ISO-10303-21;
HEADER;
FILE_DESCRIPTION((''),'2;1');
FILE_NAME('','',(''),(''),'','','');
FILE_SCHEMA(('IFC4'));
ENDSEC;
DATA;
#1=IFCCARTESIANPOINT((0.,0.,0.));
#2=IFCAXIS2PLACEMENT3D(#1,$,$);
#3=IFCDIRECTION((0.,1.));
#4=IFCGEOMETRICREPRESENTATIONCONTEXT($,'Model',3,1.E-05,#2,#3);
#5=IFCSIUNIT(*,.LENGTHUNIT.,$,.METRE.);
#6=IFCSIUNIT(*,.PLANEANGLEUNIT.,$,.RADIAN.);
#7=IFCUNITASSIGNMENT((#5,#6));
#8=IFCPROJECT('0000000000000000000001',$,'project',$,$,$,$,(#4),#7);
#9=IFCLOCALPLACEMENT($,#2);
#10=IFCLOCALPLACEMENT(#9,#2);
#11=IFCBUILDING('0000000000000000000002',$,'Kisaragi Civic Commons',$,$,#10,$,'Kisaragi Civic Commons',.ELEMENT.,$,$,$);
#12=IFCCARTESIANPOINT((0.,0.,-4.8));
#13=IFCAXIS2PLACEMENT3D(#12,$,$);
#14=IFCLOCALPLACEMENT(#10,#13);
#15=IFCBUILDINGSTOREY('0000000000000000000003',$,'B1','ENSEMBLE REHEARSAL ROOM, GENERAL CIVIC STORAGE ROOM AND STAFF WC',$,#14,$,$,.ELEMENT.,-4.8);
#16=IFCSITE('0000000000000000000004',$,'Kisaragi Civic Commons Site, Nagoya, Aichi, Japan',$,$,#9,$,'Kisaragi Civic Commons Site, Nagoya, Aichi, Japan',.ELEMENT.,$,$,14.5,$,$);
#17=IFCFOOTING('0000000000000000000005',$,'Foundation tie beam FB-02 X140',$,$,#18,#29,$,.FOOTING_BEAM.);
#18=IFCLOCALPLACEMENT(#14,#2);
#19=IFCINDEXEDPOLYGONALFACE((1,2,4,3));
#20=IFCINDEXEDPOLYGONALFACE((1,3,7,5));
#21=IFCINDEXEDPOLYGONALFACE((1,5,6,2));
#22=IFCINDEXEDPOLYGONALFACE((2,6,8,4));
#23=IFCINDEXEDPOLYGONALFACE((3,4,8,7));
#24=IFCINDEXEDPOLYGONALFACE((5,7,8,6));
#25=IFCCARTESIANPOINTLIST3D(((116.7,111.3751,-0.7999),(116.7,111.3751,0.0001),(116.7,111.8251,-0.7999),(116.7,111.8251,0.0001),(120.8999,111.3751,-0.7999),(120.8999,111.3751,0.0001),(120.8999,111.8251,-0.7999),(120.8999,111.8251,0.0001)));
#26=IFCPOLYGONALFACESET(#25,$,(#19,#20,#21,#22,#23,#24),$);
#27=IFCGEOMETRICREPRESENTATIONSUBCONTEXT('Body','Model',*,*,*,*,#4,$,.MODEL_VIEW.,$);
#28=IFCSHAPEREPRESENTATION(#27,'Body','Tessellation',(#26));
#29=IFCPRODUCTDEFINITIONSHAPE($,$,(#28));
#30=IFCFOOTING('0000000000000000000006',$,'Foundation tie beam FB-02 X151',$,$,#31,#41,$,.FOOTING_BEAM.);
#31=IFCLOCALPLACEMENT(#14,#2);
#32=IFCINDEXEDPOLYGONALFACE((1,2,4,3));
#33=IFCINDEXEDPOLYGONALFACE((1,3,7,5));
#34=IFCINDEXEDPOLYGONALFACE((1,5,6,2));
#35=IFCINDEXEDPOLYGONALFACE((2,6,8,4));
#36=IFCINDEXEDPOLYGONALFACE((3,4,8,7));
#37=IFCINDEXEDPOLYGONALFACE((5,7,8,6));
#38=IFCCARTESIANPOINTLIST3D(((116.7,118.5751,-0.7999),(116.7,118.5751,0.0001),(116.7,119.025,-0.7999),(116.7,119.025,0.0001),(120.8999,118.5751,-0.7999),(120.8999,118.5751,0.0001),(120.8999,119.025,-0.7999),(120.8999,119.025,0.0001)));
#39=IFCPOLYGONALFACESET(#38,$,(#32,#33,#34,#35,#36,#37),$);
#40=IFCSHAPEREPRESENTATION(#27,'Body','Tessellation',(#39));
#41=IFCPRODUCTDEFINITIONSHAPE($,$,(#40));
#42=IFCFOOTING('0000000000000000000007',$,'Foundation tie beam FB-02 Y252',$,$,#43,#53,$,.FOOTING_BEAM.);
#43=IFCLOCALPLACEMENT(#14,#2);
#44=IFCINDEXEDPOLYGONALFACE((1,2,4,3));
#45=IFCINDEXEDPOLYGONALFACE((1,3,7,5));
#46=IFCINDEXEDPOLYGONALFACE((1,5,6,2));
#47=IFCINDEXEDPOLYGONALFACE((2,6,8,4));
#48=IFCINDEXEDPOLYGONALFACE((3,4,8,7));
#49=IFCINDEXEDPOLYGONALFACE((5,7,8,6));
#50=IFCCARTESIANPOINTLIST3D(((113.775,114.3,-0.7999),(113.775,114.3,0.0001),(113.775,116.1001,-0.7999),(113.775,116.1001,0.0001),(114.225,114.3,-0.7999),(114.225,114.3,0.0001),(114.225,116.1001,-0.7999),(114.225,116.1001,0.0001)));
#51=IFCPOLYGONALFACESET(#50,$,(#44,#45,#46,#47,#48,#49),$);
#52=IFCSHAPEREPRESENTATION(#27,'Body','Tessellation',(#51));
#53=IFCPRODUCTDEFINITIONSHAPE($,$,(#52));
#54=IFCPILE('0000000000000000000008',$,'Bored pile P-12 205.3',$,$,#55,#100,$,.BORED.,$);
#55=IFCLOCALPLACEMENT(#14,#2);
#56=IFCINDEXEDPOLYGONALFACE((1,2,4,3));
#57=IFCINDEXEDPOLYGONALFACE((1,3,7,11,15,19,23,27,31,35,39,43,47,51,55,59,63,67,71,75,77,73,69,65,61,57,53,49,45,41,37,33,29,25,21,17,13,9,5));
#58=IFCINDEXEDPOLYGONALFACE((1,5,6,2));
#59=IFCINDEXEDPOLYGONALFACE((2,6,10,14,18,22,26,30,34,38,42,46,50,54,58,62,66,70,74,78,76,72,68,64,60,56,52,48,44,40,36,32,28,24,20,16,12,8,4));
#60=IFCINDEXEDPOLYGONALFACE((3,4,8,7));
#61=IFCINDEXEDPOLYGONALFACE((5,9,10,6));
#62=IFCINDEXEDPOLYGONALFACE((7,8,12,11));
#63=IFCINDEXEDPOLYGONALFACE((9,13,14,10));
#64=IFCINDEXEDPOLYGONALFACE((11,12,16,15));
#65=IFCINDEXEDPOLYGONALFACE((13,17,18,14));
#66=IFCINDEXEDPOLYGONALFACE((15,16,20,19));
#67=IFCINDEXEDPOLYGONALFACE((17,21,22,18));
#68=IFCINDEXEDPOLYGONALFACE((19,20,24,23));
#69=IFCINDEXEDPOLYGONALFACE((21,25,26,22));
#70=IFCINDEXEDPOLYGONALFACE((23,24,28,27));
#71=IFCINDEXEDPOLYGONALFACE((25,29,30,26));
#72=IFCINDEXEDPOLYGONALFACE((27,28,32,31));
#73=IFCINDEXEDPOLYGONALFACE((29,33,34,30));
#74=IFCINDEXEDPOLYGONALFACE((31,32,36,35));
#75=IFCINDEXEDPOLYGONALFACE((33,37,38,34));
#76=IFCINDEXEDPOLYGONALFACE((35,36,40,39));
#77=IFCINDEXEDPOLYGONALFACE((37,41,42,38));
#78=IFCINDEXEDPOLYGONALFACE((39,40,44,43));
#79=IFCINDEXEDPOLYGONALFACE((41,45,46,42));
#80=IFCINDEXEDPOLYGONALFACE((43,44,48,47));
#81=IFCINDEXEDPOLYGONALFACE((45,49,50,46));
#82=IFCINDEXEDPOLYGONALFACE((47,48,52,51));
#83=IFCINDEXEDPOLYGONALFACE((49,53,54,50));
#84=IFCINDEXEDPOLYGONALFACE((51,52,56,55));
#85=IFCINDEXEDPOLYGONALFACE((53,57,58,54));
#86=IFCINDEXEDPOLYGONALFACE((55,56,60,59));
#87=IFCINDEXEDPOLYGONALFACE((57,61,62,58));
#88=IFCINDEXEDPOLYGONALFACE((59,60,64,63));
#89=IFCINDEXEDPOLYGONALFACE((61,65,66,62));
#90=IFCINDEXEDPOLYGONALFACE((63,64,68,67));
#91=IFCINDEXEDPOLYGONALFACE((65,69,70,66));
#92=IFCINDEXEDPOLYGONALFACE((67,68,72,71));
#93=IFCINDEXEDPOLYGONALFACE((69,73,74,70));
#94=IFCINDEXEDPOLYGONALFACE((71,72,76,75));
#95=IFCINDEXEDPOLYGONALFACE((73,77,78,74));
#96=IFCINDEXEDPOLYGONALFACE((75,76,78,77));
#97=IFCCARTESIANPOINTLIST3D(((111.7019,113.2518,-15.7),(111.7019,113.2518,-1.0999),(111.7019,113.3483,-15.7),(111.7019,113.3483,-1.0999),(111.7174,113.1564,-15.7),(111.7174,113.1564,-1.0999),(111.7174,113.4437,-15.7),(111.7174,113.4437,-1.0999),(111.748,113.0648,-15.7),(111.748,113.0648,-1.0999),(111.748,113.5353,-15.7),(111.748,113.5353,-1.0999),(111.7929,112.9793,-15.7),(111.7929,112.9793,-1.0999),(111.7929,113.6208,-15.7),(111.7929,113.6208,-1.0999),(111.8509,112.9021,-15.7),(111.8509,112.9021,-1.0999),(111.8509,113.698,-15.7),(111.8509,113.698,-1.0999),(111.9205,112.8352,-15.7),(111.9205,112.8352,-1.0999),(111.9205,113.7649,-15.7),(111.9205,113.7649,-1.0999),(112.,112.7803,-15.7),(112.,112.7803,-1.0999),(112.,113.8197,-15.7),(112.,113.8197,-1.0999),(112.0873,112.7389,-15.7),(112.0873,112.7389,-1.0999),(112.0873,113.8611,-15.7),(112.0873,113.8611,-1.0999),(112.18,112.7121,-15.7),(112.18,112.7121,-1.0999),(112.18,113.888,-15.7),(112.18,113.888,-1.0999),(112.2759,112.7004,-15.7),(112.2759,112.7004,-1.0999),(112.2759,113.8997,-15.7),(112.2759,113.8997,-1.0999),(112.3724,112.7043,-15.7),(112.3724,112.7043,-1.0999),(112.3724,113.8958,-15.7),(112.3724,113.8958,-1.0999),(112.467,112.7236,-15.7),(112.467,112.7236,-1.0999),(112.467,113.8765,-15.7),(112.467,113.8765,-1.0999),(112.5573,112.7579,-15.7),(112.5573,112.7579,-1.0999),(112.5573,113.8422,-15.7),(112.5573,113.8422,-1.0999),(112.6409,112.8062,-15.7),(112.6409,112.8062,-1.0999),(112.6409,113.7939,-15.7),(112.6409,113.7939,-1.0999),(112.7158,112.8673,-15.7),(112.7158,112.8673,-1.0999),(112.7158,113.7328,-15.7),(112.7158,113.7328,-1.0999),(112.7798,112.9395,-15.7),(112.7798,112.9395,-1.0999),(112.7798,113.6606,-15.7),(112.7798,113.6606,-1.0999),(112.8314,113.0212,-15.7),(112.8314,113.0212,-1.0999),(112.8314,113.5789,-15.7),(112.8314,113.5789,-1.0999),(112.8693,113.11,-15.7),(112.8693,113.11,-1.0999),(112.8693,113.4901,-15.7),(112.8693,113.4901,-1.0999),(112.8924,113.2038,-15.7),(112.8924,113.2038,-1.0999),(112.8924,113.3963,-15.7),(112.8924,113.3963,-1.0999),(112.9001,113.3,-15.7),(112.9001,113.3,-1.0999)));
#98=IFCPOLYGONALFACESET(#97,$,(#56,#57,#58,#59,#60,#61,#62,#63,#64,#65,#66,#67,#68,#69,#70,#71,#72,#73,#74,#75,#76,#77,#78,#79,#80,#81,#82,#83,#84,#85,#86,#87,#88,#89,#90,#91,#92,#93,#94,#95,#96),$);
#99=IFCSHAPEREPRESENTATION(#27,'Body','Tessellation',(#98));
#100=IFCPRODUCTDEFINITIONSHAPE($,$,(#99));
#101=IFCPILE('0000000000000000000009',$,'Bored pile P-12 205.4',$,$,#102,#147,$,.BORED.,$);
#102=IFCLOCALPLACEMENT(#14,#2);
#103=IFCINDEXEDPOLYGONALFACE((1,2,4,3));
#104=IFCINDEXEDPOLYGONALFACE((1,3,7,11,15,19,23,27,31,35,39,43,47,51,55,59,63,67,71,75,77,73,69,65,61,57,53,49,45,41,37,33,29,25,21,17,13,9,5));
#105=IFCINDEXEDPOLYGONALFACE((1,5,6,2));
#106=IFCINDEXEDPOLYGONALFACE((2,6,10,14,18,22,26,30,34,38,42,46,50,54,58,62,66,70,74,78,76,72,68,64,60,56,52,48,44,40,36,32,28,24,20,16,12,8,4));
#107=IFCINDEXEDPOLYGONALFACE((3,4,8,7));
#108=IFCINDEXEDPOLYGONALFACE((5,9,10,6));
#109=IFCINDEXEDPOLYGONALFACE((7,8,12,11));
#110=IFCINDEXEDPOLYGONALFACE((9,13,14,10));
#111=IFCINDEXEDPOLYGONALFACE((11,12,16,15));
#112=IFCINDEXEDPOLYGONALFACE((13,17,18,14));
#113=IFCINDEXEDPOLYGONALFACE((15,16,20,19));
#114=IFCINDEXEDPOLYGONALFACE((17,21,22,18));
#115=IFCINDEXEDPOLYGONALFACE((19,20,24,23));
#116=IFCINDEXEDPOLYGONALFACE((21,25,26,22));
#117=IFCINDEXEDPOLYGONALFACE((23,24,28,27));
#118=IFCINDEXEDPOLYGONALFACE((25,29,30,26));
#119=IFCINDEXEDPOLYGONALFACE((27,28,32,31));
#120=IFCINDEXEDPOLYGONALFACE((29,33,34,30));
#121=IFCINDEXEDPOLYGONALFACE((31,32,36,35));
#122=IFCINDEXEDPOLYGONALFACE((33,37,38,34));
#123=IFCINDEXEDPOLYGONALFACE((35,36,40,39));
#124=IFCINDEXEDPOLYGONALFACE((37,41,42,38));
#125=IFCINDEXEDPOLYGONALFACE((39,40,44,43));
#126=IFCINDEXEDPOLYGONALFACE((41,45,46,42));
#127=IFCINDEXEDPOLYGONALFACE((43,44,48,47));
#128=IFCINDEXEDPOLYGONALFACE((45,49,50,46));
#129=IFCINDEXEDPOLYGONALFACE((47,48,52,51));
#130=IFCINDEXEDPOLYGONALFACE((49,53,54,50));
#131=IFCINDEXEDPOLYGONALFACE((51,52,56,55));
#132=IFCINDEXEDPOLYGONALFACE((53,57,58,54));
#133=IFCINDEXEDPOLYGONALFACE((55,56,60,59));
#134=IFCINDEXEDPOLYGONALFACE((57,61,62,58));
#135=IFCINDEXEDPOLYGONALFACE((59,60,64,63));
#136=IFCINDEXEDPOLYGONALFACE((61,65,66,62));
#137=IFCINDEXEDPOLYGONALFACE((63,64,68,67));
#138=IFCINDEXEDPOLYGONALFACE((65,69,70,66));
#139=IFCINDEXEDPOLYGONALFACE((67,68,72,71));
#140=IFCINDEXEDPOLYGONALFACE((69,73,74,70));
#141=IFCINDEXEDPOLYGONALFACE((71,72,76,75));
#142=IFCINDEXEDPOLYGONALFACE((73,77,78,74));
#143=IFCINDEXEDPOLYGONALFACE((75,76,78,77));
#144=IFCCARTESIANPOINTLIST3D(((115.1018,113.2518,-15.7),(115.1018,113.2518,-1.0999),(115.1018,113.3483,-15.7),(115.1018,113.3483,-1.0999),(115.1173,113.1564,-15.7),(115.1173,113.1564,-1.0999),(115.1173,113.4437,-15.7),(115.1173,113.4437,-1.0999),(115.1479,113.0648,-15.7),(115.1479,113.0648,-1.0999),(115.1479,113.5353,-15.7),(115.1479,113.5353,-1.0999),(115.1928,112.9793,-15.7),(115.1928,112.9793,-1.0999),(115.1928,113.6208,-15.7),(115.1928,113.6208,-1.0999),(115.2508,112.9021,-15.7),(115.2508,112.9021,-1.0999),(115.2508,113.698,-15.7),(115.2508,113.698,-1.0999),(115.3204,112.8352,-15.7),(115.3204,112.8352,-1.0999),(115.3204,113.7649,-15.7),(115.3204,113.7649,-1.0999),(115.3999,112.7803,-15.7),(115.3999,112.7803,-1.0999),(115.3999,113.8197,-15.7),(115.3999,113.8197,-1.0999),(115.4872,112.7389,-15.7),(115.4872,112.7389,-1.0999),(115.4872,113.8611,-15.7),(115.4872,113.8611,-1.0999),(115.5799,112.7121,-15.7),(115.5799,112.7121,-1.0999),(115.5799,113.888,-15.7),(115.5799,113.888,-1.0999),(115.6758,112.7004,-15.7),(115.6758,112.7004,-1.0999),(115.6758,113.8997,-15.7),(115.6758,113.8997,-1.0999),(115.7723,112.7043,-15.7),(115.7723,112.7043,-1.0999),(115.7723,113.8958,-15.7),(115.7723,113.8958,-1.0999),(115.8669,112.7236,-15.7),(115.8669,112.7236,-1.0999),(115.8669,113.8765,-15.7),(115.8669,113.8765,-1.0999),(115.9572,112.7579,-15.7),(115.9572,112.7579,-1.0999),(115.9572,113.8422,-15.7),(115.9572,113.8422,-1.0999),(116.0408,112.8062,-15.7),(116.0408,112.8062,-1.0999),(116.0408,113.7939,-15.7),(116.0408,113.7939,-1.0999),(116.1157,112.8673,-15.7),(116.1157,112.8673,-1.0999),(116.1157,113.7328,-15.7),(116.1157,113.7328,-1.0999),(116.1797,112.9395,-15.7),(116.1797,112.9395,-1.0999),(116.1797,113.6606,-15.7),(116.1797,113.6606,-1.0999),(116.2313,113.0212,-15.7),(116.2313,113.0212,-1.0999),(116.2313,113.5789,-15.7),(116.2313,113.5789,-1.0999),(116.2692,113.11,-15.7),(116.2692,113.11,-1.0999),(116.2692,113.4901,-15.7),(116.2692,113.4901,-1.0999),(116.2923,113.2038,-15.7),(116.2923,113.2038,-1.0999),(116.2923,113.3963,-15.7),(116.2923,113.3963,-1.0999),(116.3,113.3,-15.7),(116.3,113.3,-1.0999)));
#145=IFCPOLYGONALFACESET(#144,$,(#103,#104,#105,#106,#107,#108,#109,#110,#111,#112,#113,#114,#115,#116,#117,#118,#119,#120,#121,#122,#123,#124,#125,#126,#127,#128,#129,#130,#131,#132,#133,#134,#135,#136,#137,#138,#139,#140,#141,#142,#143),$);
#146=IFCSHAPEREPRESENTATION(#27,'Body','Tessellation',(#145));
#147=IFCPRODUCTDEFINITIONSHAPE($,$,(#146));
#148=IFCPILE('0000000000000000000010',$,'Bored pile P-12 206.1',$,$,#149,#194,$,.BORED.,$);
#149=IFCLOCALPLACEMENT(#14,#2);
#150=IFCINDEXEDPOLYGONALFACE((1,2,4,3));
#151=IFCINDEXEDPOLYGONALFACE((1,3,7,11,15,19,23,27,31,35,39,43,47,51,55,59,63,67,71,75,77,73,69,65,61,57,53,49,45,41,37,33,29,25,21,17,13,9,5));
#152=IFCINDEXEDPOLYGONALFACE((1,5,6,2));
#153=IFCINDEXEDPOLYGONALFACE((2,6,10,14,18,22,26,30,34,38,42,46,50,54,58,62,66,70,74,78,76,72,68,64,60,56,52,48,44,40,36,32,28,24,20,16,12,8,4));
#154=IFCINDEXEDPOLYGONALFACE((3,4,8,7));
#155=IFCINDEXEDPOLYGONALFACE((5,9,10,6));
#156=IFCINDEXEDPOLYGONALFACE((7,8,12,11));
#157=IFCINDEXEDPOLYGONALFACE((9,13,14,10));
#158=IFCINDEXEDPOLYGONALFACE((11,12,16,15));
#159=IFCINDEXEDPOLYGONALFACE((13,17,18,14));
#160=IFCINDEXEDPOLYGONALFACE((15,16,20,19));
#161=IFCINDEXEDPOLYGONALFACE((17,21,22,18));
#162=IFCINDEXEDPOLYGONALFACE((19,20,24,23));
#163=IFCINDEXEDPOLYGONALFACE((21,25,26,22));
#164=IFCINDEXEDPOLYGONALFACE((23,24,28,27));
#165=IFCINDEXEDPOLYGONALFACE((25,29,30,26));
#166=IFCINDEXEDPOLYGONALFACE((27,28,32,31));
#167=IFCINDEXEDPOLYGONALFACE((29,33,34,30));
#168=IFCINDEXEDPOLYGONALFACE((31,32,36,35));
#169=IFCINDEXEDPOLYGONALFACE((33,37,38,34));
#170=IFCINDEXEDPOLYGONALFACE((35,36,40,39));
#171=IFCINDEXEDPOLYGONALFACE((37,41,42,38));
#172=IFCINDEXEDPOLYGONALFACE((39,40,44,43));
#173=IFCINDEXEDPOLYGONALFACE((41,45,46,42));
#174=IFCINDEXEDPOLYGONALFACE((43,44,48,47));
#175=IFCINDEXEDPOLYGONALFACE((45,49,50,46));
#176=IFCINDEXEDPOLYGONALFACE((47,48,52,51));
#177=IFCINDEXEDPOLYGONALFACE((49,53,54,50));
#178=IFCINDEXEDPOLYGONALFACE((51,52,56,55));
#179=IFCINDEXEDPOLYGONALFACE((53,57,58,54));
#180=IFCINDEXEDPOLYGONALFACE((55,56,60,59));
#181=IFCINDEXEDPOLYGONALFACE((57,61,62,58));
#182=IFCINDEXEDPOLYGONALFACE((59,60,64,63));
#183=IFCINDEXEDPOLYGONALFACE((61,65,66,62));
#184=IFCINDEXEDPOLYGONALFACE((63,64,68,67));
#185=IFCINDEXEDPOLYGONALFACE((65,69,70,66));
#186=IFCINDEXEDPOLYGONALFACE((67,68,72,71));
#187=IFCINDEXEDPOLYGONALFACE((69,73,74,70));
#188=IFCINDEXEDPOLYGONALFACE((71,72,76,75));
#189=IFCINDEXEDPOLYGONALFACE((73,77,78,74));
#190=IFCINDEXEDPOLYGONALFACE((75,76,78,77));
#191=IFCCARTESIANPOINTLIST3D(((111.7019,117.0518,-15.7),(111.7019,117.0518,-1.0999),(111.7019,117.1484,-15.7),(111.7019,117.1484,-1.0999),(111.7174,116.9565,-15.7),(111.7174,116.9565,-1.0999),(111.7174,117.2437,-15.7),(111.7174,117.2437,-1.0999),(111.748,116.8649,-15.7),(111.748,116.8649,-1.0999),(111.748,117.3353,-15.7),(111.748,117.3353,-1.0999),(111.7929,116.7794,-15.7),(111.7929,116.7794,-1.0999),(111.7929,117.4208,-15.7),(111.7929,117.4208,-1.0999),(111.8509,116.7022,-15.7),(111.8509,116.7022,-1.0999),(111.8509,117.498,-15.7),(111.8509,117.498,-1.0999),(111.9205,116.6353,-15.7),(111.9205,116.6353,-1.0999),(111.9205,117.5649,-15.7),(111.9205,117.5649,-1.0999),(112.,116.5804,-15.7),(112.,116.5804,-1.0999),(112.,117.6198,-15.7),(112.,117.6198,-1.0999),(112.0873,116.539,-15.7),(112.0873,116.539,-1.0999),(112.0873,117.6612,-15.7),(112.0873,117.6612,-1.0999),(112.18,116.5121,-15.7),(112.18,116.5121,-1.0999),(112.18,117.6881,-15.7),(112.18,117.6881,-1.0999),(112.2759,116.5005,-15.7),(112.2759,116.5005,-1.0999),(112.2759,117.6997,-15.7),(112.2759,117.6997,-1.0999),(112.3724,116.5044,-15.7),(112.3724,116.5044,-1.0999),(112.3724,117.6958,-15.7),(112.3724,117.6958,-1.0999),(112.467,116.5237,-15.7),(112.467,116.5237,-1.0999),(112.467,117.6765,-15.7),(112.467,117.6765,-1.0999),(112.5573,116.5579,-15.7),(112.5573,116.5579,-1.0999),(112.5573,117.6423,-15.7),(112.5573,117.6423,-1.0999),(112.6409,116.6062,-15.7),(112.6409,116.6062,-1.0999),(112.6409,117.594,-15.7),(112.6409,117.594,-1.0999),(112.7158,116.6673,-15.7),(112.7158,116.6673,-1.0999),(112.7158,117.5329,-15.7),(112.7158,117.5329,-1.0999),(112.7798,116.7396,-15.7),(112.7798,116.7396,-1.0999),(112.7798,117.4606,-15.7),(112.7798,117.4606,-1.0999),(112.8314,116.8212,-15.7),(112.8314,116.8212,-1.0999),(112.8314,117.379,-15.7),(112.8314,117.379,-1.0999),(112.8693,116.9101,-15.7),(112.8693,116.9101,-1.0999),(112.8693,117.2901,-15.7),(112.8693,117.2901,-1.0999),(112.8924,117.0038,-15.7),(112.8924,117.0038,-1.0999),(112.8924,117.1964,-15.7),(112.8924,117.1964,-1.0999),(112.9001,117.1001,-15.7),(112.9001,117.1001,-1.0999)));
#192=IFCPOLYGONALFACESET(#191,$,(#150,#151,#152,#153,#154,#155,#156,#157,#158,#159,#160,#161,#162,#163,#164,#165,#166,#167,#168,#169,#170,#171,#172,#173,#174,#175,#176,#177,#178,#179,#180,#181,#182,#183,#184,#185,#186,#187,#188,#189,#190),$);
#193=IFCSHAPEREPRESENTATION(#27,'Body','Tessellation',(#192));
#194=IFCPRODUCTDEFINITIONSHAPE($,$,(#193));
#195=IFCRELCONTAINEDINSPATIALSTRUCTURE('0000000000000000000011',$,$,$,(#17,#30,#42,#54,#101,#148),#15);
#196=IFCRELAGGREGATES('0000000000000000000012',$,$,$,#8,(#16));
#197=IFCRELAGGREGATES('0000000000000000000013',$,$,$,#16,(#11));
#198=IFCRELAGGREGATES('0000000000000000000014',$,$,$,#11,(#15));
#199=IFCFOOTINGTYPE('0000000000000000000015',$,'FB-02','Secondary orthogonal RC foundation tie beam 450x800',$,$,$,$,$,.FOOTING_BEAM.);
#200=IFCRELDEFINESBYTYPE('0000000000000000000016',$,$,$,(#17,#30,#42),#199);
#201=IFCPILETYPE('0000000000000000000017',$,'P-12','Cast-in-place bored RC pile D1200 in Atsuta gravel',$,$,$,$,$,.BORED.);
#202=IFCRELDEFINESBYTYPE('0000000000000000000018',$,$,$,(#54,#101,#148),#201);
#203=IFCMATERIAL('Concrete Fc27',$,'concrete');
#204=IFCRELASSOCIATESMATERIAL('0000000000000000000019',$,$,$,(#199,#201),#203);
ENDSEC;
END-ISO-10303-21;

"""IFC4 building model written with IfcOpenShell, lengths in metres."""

from ifc_helpers import new_model, si_unit, direction, frame, origin, origin_2d, place, context, subcontext, project, spatial, rectangle, circle, extrude, material, material_profile, profile_set, type_object, element, save


model = new_model("IFC4")

# Units and contexts
model_context = context("Model", 3, precision=1e-05, world=origin(), true_north=direction((0.0, 1.0)))
body_context = subcontext(model_context, "Body", "Model", "MODEL_VIEW")
ifc_project = project(units=[si_unit("LENGTHUNIT", "METRE"), si_unit("PLANEANGLEUNIT", "RADIAN")], contexts=[model_context])

# Site, building, storey
site_placement = place(None, origin())
site = spatial("IfcSite", under=ifc_project, at=site_placement, Name="Kisaragi Civic Commons Site, Nagoya, Aichi, Japan", LongName="Kisaragi Civic Commons Site, Nagoya, Aichi, Japan", CompositionType="ELEMENT", RefElevation=14.5)
building_placement = place(site_placement, origin())
building = spatial("IfcBuilding", under=site, at=building_placement, Name="Kisaragi Civic Commons", LongName="Kisaragi Civic Commons", CompositionType="ELEMENT")
storey_placement = place(building_placement, frame((0.0, 0.0, -4.8)))
storey = spatial("IfcBuildingStorey", under=building, at=storey_placement, Name="B1", Description="ENSEMBLE REHEARSAL ROOM, GENERAL CIVIC STORAGE ROOM AND STAFF WC", CompositionType="ELEMENT", Elevation=-4.8)

# Footings
ifc_material_1 = material(Name="Concrete Fc27", Category="concrete")
ifc_material_profile_1 = material_profile(ifc_material_1, rectangle(XDim=0.45, YDim=0.8, at=origin_2d()), Name="RC-450x800", Category="concrete")
ifc_profile_set_1 = profile_set([ifc_material_profile_1], Name="Concrete Fc27")
footing_type_1 = type_object("IfcFootingType", Name="FB-02", Description="Secondary orthogonal RC foundation tie beam 450x800", PredefinedType="FOOTING_BEAM", material=ifc_profile_set_1)
for number, where, z_axis, x_axis, name in (
    (1, (116.7, 111.6001, -0.3999), (1.0, 0.0, 0.0), (0.0, 1.0, 0.0), "Foundation tie beam FB-02 X140"),
    (2, (116.7, 118.8, -0.3999), (1.0, 0.0, 0.0), (0.0, 1.0, 0.0), "Foundation tie beam FB-02 X151"),
):
    element("IfcFooting", number, at=place(storey_placement, frame(where, z_axis=z_axis, x_axis=x_axis)), inside=storey, type_object=footing_type_1, Name=name, PredefinedType="FOOTING_BEAM", context=body_context, shape_type="SweptSolid", body=[
        extrude(rectangle(XDim=0.45, YDim=0.8, at=origin_2d()), origin(), (0.0, 0.0, 1.0), 4.2),
    ])
footing_1_placement = place(storey_placement, frame((114.0, 114.3, -0.3999), z_axis=(0.0, 1.0, 0.0), x_axis=(-1.0, 0.0, 0.0)))
element("IfcFooting", 3, at=footing_1_placement, inside=storey, type_object=footing_type_1, Name="Foundation tie beam FB-02 Y252", PredefinedType="FOOTING_BEAM", context=body_context, shape_type="SweptSolid", body=[
    extrude(rectangle(XDim=0.45, YDim=0.8, at=origin_2d()), origin(), (0.0, 0.0, 1.0), 1.8),
])

# Piles
ifc_material_profile_2 = material_profile(ifc_material_1, circle(Radius=0.6001, at=origin_2d()), Name="PILE-D1200", Category="concrete")
ifc_profile_set_2 = profile_set([ifc_material_profile_2], Name="Concrete Fc27")
pile_type = type_object("IfcPileType", Name="P-12", Description="Cast-in-place bored RC pile D1200 in Atsuta gravel", PredefinedType="BORED", material=ifc_profile_set_2)
for number, where, z_axis, x_axis, name in (
    (4, (112.3, 113.3, -1.0999), (0.0, 0.0, -1.0), (1.0, 0.0, 0.0), "Bored pile P-12 205.3"),
    (5, (115.7, 113.3, -1.0999), (0.0, 0.0, -1.0), (1.0, 0.0, 0.0), "Bored pile P-12 205.4"),
    (6, (112.3, 117.1001, -1.0999), (0.0, 0.0, -1.0), (1.0, 0.0, 0.0), "Bored pile P-12 206.1"),
):
    element("IfcPile", number, at=place(storey_placement, frame(where, z_axis=z_axis, x_axis=x_axis)), inside=storey, type_object=pile_type, Name=name, PredefinedType="BORED", context=body_context, shape_type="SweptSolid", body=[
        extrude(circle(Radius=0.6001, at=origin_2d()), origin(), (0.0, 0.0, 1.0), 14.6001),
    ])

save(model, "model.ifc")
